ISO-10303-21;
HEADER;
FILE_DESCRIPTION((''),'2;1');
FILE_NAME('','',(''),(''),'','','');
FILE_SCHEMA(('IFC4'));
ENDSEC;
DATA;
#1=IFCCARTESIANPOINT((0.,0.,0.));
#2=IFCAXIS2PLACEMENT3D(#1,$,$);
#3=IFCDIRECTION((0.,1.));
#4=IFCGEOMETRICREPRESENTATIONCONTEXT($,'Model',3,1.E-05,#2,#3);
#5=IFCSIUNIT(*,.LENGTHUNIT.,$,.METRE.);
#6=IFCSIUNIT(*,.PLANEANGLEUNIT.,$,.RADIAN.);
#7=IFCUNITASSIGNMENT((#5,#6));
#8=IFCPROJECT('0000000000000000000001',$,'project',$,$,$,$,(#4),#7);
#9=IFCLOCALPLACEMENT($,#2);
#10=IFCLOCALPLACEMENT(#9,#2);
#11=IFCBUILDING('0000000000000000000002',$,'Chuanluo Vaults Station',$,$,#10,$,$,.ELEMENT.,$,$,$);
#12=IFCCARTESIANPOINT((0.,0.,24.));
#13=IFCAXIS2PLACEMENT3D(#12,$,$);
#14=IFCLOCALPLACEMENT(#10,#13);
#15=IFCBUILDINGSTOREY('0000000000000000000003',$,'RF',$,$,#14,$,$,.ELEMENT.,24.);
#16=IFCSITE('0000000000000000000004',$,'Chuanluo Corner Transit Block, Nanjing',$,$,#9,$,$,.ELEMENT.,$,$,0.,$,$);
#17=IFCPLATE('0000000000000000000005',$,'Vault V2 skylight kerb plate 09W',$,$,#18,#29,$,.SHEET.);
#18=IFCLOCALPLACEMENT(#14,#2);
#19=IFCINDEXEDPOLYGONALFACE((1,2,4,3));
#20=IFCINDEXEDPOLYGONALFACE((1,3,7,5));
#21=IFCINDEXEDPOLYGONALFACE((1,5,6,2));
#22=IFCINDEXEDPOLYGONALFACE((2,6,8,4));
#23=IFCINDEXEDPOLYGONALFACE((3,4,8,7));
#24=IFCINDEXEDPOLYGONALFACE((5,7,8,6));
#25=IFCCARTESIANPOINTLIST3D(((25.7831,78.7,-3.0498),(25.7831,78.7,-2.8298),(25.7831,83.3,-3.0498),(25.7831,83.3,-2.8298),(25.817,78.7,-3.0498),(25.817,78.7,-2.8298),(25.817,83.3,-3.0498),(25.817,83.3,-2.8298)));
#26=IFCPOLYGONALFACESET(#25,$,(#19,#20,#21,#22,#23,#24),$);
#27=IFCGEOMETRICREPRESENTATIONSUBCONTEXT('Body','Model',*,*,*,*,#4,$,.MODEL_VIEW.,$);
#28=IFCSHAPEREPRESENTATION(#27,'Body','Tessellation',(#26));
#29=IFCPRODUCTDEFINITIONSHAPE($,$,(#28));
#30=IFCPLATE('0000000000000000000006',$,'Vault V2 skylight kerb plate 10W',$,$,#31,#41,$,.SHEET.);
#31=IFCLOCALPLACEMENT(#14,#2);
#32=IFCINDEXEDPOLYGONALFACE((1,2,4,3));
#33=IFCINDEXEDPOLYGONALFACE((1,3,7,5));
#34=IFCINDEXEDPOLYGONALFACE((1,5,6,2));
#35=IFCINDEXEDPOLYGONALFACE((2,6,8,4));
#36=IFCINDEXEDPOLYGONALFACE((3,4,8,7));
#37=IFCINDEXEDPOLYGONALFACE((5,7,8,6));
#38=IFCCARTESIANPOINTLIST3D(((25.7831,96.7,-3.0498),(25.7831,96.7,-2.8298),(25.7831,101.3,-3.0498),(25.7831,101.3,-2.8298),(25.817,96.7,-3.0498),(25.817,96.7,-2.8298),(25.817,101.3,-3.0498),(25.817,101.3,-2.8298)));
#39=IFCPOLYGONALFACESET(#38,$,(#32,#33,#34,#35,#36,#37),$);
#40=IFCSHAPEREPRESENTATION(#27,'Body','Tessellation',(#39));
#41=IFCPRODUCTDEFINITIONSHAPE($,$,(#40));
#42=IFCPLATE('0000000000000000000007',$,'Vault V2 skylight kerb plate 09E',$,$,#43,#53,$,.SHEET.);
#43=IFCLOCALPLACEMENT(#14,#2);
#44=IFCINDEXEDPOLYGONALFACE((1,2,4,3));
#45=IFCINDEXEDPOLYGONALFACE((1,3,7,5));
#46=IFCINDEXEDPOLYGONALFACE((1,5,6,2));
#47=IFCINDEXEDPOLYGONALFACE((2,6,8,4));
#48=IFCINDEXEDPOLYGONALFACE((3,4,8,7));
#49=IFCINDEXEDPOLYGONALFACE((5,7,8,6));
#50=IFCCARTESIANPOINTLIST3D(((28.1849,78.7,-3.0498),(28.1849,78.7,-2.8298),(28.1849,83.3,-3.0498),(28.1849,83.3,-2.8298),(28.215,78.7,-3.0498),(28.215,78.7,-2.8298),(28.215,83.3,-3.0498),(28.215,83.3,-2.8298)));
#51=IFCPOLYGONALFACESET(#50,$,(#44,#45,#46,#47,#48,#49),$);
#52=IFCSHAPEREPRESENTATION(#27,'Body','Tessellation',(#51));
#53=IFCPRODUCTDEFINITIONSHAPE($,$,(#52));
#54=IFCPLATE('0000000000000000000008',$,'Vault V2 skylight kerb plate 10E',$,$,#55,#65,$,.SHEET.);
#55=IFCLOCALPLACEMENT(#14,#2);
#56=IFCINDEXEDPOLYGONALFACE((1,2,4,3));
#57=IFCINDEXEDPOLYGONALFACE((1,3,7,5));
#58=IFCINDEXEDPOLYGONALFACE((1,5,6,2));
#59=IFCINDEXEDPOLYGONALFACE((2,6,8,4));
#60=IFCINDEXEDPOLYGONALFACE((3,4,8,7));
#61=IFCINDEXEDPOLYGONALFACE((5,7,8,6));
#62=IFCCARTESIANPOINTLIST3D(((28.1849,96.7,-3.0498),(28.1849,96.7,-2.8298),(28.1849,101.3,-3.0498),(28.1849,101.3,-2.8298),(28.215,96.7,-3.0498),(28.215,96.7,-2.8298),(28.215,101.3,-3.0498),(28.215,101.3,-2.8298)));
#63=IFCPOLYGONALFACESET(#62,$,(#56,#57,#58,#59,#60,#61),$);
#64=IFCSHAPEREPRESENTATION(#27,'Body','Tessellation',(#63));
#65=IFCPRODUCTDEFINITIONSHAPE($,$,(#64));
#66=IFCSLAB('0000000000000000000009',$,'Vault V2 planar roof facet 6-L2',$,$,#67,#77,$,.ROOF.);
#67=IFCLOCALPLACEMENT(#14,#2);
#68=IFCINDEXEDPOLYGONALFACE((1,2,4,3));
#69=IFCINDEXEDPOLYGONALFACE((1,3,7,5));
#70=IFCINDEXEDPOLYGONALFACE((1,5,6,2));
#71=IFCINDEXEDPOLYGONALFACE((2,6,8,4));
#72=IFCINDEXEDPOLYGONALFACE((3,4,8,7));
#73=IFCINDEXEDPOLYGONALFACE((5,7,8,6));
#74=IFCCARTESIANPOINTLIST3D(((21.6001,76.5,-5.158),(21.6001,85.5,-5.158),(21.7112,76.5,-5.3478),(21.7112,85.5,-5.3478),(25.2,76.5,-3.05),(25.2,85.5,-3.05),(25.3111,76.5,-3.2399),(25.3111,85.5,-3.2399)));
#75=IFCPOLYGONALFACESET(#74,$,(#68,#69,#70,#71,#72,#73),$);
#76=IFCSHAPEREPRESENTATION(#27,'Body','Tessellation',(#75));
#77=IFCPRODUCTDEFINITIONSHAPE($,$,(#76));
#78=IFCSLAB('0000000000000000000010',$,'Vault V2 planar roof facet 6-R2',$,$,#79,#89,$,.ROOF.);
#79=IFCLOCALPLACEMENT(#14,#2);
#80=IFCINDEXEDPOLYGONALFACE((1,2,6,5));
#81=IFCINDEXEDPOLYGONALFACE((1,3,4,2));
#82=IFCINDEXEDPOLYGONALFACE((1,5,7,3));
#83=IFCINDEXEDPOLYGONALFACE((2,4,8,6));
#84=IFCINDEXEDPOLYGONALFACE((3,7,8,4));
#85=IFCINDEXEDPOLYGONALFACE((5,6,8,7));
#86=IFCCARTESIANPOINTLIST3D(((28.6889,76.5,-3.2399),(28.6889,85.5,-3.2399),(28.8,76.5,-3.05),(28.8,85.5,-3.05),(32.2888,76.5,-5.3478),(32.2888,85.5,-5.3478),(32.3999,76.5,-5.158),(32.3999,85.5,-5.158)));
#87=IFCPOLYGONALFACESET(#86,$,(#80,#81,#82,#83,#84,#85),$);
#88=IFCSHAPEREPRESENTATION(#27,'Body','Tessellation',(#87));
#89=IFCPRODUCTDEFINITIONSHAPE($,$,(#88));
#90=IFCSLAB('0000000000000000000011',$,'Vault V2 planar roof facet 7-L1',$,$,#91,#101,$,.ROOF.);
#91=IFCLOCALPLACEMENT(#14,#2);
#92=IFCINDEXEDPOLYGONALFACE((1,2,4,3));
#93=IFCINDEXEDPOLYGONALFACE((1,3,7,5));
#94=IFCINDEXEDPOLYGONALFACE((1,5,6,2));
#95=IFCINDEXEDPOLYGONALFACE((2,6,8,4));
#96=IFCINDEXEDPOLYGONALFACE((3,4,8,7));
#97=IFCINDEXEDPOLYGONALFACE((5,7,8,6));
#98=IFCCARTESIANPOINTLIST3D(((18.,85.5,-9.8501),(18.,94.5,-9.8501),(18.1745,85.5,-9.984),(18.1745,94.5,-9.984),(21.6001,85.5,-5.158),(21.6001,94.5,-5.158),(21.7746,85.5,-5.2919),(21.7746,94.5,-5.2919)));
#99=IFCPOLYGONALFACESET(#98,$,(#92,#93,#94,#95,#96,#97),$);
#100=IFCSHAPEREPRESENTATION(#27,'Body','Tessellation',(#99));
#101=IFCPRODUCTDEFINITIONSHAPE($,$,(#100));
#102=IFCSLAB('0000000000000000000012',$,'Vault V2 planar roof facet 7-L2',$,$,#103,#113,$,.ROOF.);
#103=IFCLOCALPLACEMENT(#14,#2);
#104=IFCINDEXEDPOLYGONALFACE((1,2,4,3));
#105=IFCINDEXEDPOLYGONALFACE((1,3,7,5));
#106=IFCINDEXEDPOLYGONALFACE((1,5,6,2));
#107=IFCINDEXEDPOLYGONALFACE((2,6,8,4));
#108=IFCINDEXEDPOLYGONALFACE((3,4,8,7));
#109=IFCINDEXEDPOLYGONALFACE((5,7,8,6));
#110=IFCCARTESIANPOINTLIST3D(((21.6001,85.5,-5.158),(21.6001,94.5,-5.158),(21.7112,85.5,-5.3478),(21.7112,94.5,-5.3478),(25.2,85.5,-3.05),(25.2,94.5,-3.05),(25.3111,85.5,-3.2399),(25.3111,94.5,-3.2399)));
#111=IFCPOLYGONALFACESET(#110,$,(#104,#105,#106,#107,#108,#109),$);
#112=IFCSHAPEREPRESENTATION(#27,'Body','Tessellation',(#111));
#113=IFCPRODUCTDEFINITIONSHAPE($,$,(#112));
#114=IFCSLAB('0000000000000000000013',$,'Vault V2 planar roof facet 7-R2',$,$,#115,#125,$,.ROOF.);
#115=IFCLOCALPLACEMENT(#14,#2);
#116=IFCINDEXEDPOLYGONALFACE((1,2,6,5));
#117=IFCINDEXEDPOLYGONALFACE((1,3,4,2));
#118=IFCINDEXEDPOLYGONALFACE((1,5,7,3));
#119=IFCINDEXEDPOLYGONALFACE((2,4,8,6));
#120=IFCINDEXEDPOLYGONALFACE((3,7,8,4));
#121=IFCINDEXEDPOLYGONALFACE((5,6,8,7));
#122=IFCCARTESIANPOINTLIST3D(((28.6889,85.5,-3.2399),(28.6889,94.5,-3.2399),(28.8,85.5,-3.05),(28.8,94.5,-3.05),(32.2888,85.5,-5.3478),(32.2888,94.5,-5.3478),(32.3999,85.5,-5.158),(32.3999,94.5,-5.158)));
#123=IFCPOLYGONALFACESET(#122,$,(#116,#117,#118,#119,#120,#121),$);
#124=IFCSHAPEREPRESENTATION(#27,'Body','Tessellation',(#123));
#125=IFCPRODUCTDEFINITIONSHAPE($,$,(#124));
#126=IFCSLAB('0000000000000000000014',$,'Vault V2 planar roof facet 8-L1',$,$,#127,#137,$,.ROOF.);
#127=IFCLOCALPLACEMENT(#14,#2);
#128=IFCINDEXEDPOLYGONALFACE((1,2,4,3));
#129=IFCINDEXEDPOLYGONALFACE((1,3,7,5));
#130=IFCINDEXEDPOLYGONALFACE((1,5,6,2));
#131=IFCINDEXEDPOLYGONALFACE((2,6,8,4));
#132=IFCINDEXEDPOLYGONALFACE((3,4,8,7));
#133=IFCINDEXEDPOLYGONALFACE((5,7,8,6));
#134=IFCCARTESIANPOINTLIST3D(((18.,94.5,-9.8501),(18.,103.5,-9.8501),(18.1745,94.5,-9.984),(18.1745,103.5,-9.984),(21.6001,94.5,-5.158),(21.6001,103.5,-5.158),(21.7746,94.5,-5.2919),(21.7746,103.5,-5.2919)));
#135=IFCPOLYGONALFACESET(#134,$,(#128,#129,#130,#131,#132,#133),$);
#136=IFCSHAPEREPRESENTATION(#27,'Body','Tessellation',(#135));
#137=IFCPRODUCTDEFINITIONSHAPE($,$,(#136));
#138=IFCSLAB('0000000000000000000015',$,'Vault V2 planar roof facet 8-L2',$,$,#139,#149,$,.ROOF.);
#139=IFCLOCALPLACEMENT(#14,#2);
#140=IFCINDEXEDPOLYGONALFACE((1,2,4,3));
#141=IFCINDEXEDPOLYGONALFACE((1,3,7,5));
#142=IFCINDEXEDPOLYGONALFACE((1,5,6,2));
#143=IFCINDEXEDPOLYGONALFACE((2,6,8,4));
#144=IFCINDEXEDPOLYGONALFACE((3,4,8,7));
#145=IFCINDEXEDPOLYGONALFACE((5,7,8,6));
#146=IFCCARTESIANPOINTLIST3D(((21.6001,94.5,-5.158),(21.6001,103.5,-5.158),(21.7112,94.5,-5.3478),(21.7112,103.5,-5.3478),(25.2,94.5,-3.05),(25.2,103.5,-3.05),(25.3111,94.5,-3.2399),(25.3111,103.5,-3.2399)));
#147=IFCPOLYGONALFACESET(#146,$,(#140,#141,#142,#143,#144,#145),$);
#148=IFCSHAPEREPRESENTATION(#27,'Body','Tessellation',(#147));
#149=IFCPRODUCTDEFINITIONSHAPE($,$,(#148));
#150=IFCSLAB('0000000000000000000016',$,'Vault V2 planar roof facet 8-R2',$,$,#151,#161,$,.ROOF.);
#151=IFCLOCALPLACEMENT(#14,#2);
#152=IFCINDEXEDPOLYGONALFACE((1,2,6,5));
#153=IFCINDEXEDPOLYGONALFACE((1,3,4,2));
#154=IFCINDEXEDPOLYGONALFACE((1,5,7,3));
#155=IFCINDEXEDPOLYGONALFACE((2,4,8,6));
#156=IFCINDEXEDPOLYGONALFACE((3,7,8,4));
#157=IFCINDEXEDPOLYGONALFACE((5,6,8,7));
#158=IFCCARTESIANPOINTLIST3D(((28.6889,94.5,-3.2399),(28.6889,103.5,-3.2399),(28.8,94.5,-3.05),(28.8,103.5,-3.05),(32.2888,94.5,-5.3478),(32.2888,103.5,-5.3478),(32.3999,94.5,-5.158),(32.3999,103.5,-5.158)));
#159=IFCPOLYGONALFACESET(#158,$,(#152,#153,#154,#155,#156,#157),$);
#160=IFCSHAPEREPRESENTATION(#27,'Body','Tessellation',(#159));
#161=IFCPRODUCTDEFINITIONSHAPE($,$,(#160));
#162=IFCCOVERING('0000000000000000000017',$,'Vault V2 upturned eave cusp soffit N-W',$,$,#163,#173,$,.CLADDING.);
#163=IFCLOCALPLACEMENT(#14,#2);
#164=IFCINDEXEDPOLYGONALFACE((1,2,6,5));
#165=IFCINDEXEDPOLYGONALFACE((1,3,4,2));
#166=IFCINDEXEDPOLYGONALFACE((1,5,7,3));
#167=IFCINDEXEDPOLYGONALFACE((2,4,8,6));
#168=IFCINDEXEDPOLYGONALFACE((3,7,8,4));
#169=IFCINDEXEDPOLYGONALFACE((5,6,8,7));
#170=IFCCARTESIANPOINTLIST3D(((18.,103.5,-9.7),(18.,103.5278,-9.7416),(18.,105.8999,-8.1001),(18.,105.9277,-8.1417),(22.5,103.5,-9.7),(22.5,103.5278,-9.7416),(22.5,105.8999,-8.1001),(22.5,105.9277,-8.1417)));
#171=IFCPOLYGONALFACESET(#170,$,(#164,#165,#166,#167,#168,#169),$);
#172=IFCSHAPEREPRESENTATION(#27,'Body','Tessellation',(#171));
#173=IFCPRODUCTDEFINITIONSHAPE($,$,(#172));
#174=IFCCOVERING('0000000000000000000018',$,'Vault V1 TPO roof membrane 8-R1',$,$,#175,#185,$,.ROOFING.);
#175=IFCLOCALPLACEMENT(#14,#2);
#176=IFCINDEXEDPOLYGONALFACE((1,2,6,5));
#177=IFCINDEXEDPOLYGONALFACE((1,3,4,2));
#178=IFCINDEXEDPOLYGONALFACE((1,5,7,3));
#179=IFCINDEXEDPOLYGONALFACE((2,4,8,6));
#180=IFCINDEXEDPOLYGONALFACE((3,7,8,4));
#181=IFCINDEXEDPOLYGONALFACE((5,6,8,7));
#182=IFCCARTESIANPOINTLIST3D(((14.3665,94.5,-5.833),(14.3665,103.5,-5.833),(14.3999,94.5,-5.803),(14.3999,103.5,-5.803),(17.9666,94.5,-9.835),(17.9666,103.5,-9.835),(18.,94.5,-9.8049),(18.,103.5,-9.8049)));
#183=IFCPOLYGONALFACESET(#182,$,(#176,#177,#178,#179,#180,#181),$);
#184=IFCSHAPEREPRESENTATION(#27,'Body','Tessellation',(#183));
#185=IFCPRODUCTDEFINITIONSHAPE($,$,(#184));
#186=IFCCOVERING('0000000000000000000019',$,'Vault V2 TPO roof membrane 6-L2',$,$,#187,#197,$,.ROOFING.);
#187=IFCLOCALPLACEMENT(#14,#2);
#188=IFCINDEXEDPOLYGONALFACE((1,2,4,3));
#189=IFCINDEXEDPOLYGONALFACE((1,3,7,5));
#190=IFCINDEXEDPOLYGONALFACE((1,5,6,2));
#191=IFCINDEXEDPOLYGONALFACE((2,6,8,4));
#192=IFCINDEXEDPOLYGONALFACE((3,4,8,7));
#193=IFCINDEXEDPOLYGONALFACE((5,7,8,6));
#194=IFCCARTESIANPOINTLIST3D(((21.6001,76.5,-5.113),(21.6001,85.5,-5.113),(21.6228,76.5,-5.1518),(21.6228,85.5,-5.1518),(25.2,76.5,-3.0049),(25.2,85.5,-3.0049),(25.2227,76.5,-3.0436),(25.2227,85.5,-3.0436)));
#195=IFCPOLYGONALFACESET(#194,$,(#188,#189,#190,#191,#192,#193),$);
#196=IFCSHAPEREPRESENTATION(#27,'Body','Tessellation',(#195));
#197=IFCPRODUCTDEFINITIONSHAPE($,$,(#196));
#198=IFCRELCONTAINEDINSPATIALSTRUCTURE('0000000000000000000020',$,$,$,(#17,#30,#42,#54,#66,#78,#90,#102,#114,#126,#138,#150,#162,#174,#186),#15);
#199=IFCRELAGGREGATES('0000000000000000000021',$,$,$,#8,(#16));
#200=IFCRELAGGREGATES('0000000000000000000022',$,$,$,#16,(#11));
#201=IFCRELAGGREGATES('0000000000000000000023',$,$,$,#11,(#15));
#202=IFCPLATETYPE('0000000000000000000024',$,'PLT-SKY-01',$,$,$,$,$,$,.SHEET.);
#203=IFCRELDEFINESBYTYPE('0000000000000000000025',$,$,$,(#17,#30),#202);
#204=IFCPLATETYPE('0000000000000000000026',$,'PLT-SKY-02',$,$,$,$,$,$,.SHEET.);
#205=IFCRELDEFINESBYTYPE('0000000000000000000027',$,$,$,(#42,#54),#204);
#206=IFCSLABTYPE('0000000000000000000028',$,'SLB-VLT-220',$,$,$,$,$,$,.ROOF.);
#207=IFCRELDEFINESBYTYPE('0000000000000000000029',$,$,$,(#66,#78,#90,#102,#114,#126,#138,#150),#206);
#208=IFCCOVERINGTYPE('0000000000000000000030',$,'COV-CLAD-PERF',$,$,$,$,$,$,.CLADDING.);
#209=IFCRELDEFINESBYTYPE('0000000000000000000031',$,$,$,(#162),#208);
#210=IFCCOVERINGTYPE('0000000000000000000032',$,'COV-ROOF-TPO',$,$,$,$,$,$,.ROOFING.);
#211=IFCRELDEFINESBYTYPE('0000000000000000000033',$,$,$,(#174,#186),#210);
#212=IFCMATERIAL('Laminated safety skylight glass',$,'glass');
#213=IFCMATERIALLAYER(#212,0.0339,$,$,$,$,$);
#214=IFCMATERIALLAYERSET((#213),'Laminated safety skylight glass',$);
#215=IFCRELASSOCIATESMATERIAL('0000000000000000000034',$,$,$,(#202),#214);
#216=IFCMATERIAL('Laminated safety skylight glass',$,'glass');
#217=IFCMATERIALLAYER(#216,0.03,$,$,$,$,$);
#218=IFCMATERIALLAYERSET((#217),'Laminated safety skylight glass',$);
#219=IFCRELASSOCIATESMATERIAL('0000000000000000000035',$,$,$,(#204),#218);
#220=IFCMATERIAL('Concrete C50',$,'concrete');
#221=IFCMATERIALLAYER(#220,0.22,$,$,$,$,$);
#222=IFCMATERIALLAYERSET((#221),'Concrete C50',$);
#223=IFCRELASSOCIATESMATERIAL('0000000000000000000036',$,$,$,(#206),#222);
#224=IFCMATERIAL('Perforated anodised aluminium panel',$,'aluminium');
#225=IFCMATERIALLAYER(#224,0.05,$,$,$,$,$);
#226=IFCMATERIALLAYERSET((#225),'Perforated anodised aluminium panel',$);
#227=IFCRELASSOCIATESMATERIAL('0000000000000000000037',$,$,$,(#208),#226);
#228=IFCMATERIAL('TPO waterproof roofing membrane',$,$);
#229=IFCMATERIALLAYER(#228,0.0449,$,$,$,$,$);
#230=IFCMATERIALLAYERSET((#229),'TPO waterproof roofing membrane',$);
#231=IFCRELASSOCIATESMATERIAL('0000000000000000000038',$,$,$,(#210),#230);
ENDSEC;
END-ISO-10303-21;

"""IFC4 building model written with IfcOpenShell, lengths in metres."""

from ifc_helpers import new_model, si_unit, direction, frame, origin, origin_2d, place, context, subcontext, project, spatial, polyline, rectangle, outline, extrude, material, layer, layer_set, type_object, element, save


model = new_model("IFC4")

# Units and contexts
model_context = context("Model", 3, precision=1e-05, world=origin(), true_north=direction((0.0, 1.0)))
body_context = subcontext(model_context, "Body", "Model", "MODEL_VIEW")
ifc_project = project(units=[si_unit("LENGTHUNIT", "METRE"), si_unit("PLANEANGLEUNIT", "RADIAN")], contexts=[model_context])

# Site, building, storey
site_placement = place(None, origin())
site = spatial("IfcSite", under=ifc_project, at=site_placement, Name="Chuanluo Corner Transit Block, Nanjing", CompositionType="ELEMENT", RefElevation=0.0)
building_placement = place(site_placement, origin())
building = spatial("IfcBuilding", under=site, at=building_placement, Name="Chuanluo Vaults Station", CompositionType="ELEMENT")
storey_placement = place(building_placement, frame((0.0, 0.0, 24.0)))
storey = spatial("IfcBuildingStorey", under=building, at=storey_placement, Name="RF", CompositionType="ELEMENT", Elevation=24.0)

# Plates
ifc_material_1 = material(Name="Laminated safety skylight glass", Category="glass")
ifc_layer_1 = layer(ifc_material_1, 0.0339)
ifc_layer_set_1 = layer_set([ifc_layer_1], Name="Laminated safety skylight glass")
plate_type_1 = type_object("IfcPlateType", Name="PLT-SKY-01", PredefinedType="SHEET", material=ifc_layer_set_1)
for number, where, z_axis, x_axis, name in (
    (1, (25.8, 81.0, -3.0498), (0.0, 0.0, 1.0), (1.0, 0.0, 0.0), "Vault V2 skylight kerb plate 09W"),
    (2, (25.8, 99.0, -3.0498), (0.0, 0.0, 1.0), (1.0, 0.0, 0.0), "Vault V2 skylight kerb plate 10W"),
):
    element("IfcPlate", number, at=place(storey_placement, frame(where, z_axis=z_axis, x_axis=x_axis)), inside=storey, type_object=plate_type_1, Name=name, PredefinedType="SHEET", context=body_context, shape_type="SweptSolid", body=[
        extrude(rectangle(XDim=0.0339, YDim=4.6001, at=origin_2d()), origin(), (0.0, 0.0, 1.0), 0.22),
    ])
ifc_material_2 = material(Name="Laminated safety skylight glass", Category="glass")
ifc_layer_2 = layer(ifc_material_2, 0.03)
ifc_layer_set_2 = layer_set([ifc_layer_2], Name="Laminated safety skylight glass")
plate_type_2 = type_object("IfcPlateType", Name="PLT-SKY-02", PredefinedType="SHEET", material=ifc_layer_set_2)
for number, where, z_axis, x_axis, name in (
    (3, (28.2, 81.0, -3.0498), (0.0, 0.0, 1.0), (1.0, 0.0, 0.0), "Vault V2 skylight kerb plate 09E"),
    (4, (28.2, 99.0, -3.0498), (0.0, 0.0, 1.0), (1.0, 0.0, 0.0), "Vault V2 skylight kerb plate 10E"),
):
    element("IfcPlate", number, at=place(storey_placement, frame(where, z_axis=z_axis, x_axis=x_axis)), inside=storey, type_object=plate_type_2, Name=name, PredefinedType="SHEET", context=body_context, shape_type="SweptSolid", body=[
        extrude(rectangle(XDim=0.03, YDim=4.6001, at=origin_2d()), origin(), (0.0, 0.0, 1.0), 0.22),
    ])

# Slabs
ifc_material_3 = material(Name="Concrete C50", Category="concrete")
ifc_layer_3 = layer(ifc_material_3, 0.22)
ifc_layer_set_3 = layer_set([ifc_layer_3], Name="Concrete C50")
slab_type = type_object("IfcSlabType", Name="SLB-VLT-220", PredefinedType="ROOF", material=ifc_layer_set_3)
for number, where, z_axis, x_axis, name in (
    (5, (21.6001, 76.5, -5.158), (-0.5053, 0.0, 0.862944), (0.862944, 0.0, 0.5053), "Vault V2 planar roof facet 6-L2"),
    (6, (28.8, 76.5, -3.05), (0.5053, 0.0, 0.862944), (0.862944, 0.0, -0.5053), "Vault V2 planar roof facet 6-R2"),
):
    element("IfcSlab", number, at=place(storey_placement, frame(where, z_axis=z_axis, x_axis=x_axis)), inside=storey, type_object=slab_type, Name=name, PredefinedType="ROOF", context=body_context, shape_type="SweptSolid", body=[
        extrude(outline(polyline([(0.0, 0.0), (4.1716, 0.0), (4.1716, 9.0), (0.0, 9.0), (0.0, 0.0)])), origin(), (0.0, 0.0, -1.0), 0.22),
    ])
slab_1_placement = place(storey_placement, frame((18.0, 85.5, -9.8501), z_axis=(-0.793378, 0.0, 0.608729), x_axis=(0.608729, 0.0, 0.793378)))
element("IfcSlab", 7, at=slab_1_placement, inside=storey, type_object=slab_type, Name="Vault V2 planar roof facet 7-L1", PredefinedType="ROOF", context=body_context, shape_type="SweptSolid", body=[
    extrude(outline(polyline([(0.0, 0.0), (5.9141, 0.0), (5.9141, 9.0), (0.0, 9.0), (0.0, 0.0)])), origin(), (0.0, 0.0, -1.0), 0.22),
])
for number, where, z_axis, x_axis, name in (
    (8, (21.6001, 85.5, -5.158), (-0.5053, 0.0, 0.862944), (0.862944, 0.0, 0.5053), "Vault V2 planar roof facet 7-L2"),
    (9, (28.8, 85.5, -3.05), (0.5053, 0.0, 0.862944), (0.862944, 0.0, -0.5053), "Vault V2 planar roof facet 7-R2"),
):
    element("IfcSlab", number, at=place(storey_placement, frame(where, z_axis=z_axis, x_axis=x_axis)), inside=storey, type_object=slab_type, Name=name, PredefinedType="ROOF", context=body_context, shape_type="SweptSolid", body=[
        extrude(outline(polyline([(0.0, 0.0), (4.1716, 0.0), (4.1716, 9.0), (0.0, 9.0), (0.0, 0.0)])), origin(), (0.0, 0.0, -1.0), 0.22),
    ])
slab_2_placement = place(storey_placement, frame((18.0, 94.5, -9.8501), z_axis=(-0.793378, 0.0, 0.608729), x_axis=(0.608729, 0.0, 0.793378)))
element("IfcSlab", 10, at=slab_2_placement, inside=storey, type_object=slab_type, Name="Vault V2 planar roof facet 8-L1", PredefinedType="ROOF", context=body_context, shape_type="SweptSolid", body=[
    extrude(outline(polyline([(0.0, 0.0), (5.9141, 0.0), (5.9141, 9.0), (0.0, 9.0), (0.0, 0.0)])), origin(), (0.0, 0.0, -1.0), 0.22),
])
for number, where, z_axis, x_axis, name in (
    (11, (21.6001, 94.5, -5.158), (-0.5053, 0.0, 0.862944), (0.862944, 0.0, 0.5053), "Vault V2 planar roof facet 8-L2"),
    (12, (28.8, 94.5, -3.05), (0.5053, 0.0, 0.862944), (0.862944, 0.0, -0.5053), "Vault V2 planar roof facet 8-R2"),
):
    element("IfcSlab", number, at=place(storey_placement, frame(where, z_axis=z_axis, x_axis=x_axis)), inside=storey, type_object=slab_type, Name=name, PredefinedType="ROOF", context=body_context, shape_type="SweptSolid", body=[
        extrude(outline(polyline([(0.0, 0.0), (4.1716, 0.0), (4.1716, 9.0), (0.0, 9.0), (0.0, 0.0)])), origin(), (0.0, 0.0, -1.0), 0.22),
    ])

# Coverings
ifc_material_4 = material(Name="Perforated anodised aluminium panel", Category="aluminium")
ifc_layer_4 = layer(ifc_material_4, 0.05)
ifc_layer_set_4 = layer_set([ifc_layer_4], Name="Perforated anodised aluminium panel")
covering_type_1 = type_object("IfcCoveringType", Name="COV-CLAD-PERF", PredefinedType="CLADDING", material=ifc_layer_set_4)
covering_1_placement = place(storey_placement, frame((18.0, 103.5, -9.7), z_axis=(0.0, -0.554681, 0.832063), x_axis=(1.0, 0.0, 0.0)))
element("IfcCovering", 13, at=covering_1_placement, inside=storey, type_object=covering_type_1, Name="Vault V2 upturned eave cusp soffit N-W", PredefinedType="CLADDING", context=body_context, shape_type="SweptSolid", body=[
    extrude(outline(polyline([(0.0, 0.0), (4.5, 0.0), (4.5, 2.8843), (0.0, 2.8843), (0.0, 0.0)])), origin(), (0.0, 0.0, -1.0), 0.05),
])
ifc_material_5 = material(Name="TPO waterproof roofing membrane")
ifc_layer_5 = layer(ifc_material_5, 0.0449)
ifc_layer_set_5 = layer_set([ifc_layer_5], Name="TPO waterproof roofing membrane")
covering_type_2 = type_object("IfcCoveringType", Name="COV-ROOF-TPO", PredefinedType="ROOFING", material=ifc_layer_set_5)
covering_2_placement = place(storey_placement, frame((14.3999, 94.5, -5.803), z_axis=(0.743447, 0.0, 0.668794), x_axis=(0.668794, 0.0, -0.743447)))
element("IfcCovering", 14, at=covering_2_placement, inside=storey, type_object=covering_type_2, Name="Vault V1 TPO roof membrane 8-R1", PredefinedType="ROOFING", context=body_context, shape_type="SweptSolid", body=[
    extrude(outline(polyline([(0.0, 0.0), (5.383, 0.0), (5.383, 9.0), (0.0, 9.0), (0.0, 0.0)])), origin(), (0.0, 0.0, -1.0), 0.0449),
])
for number, where, z_axis, x_axis, name in (
    (15, (21.6001, 76.5, -5.113), (-0.505344, 0.0, 0.862918), (0.862918, 0.0, 0.505344), "Vault V2 TPO roof membrane 6-L2"),
):
    element("IfcCovering", number, at=place(storey_placement, frame(where, z_axis=z_axis, x_axis=x_axis)), inside=storey, type_object=covering_type_2, Name=name, PredefinedType="ROOFING", context=body_context, shape_type="SweptSolid", body=[
        extrude(outline(polyline([(0.0, 0.0), (4.1717, 0.0), (4.1717, 9.0), (0.0, 9.0), (0.0, 0.0)])), origin(), (0.0, 0.0, -1.0), 0.0449),
    ])

save(model, "model.ifc")
